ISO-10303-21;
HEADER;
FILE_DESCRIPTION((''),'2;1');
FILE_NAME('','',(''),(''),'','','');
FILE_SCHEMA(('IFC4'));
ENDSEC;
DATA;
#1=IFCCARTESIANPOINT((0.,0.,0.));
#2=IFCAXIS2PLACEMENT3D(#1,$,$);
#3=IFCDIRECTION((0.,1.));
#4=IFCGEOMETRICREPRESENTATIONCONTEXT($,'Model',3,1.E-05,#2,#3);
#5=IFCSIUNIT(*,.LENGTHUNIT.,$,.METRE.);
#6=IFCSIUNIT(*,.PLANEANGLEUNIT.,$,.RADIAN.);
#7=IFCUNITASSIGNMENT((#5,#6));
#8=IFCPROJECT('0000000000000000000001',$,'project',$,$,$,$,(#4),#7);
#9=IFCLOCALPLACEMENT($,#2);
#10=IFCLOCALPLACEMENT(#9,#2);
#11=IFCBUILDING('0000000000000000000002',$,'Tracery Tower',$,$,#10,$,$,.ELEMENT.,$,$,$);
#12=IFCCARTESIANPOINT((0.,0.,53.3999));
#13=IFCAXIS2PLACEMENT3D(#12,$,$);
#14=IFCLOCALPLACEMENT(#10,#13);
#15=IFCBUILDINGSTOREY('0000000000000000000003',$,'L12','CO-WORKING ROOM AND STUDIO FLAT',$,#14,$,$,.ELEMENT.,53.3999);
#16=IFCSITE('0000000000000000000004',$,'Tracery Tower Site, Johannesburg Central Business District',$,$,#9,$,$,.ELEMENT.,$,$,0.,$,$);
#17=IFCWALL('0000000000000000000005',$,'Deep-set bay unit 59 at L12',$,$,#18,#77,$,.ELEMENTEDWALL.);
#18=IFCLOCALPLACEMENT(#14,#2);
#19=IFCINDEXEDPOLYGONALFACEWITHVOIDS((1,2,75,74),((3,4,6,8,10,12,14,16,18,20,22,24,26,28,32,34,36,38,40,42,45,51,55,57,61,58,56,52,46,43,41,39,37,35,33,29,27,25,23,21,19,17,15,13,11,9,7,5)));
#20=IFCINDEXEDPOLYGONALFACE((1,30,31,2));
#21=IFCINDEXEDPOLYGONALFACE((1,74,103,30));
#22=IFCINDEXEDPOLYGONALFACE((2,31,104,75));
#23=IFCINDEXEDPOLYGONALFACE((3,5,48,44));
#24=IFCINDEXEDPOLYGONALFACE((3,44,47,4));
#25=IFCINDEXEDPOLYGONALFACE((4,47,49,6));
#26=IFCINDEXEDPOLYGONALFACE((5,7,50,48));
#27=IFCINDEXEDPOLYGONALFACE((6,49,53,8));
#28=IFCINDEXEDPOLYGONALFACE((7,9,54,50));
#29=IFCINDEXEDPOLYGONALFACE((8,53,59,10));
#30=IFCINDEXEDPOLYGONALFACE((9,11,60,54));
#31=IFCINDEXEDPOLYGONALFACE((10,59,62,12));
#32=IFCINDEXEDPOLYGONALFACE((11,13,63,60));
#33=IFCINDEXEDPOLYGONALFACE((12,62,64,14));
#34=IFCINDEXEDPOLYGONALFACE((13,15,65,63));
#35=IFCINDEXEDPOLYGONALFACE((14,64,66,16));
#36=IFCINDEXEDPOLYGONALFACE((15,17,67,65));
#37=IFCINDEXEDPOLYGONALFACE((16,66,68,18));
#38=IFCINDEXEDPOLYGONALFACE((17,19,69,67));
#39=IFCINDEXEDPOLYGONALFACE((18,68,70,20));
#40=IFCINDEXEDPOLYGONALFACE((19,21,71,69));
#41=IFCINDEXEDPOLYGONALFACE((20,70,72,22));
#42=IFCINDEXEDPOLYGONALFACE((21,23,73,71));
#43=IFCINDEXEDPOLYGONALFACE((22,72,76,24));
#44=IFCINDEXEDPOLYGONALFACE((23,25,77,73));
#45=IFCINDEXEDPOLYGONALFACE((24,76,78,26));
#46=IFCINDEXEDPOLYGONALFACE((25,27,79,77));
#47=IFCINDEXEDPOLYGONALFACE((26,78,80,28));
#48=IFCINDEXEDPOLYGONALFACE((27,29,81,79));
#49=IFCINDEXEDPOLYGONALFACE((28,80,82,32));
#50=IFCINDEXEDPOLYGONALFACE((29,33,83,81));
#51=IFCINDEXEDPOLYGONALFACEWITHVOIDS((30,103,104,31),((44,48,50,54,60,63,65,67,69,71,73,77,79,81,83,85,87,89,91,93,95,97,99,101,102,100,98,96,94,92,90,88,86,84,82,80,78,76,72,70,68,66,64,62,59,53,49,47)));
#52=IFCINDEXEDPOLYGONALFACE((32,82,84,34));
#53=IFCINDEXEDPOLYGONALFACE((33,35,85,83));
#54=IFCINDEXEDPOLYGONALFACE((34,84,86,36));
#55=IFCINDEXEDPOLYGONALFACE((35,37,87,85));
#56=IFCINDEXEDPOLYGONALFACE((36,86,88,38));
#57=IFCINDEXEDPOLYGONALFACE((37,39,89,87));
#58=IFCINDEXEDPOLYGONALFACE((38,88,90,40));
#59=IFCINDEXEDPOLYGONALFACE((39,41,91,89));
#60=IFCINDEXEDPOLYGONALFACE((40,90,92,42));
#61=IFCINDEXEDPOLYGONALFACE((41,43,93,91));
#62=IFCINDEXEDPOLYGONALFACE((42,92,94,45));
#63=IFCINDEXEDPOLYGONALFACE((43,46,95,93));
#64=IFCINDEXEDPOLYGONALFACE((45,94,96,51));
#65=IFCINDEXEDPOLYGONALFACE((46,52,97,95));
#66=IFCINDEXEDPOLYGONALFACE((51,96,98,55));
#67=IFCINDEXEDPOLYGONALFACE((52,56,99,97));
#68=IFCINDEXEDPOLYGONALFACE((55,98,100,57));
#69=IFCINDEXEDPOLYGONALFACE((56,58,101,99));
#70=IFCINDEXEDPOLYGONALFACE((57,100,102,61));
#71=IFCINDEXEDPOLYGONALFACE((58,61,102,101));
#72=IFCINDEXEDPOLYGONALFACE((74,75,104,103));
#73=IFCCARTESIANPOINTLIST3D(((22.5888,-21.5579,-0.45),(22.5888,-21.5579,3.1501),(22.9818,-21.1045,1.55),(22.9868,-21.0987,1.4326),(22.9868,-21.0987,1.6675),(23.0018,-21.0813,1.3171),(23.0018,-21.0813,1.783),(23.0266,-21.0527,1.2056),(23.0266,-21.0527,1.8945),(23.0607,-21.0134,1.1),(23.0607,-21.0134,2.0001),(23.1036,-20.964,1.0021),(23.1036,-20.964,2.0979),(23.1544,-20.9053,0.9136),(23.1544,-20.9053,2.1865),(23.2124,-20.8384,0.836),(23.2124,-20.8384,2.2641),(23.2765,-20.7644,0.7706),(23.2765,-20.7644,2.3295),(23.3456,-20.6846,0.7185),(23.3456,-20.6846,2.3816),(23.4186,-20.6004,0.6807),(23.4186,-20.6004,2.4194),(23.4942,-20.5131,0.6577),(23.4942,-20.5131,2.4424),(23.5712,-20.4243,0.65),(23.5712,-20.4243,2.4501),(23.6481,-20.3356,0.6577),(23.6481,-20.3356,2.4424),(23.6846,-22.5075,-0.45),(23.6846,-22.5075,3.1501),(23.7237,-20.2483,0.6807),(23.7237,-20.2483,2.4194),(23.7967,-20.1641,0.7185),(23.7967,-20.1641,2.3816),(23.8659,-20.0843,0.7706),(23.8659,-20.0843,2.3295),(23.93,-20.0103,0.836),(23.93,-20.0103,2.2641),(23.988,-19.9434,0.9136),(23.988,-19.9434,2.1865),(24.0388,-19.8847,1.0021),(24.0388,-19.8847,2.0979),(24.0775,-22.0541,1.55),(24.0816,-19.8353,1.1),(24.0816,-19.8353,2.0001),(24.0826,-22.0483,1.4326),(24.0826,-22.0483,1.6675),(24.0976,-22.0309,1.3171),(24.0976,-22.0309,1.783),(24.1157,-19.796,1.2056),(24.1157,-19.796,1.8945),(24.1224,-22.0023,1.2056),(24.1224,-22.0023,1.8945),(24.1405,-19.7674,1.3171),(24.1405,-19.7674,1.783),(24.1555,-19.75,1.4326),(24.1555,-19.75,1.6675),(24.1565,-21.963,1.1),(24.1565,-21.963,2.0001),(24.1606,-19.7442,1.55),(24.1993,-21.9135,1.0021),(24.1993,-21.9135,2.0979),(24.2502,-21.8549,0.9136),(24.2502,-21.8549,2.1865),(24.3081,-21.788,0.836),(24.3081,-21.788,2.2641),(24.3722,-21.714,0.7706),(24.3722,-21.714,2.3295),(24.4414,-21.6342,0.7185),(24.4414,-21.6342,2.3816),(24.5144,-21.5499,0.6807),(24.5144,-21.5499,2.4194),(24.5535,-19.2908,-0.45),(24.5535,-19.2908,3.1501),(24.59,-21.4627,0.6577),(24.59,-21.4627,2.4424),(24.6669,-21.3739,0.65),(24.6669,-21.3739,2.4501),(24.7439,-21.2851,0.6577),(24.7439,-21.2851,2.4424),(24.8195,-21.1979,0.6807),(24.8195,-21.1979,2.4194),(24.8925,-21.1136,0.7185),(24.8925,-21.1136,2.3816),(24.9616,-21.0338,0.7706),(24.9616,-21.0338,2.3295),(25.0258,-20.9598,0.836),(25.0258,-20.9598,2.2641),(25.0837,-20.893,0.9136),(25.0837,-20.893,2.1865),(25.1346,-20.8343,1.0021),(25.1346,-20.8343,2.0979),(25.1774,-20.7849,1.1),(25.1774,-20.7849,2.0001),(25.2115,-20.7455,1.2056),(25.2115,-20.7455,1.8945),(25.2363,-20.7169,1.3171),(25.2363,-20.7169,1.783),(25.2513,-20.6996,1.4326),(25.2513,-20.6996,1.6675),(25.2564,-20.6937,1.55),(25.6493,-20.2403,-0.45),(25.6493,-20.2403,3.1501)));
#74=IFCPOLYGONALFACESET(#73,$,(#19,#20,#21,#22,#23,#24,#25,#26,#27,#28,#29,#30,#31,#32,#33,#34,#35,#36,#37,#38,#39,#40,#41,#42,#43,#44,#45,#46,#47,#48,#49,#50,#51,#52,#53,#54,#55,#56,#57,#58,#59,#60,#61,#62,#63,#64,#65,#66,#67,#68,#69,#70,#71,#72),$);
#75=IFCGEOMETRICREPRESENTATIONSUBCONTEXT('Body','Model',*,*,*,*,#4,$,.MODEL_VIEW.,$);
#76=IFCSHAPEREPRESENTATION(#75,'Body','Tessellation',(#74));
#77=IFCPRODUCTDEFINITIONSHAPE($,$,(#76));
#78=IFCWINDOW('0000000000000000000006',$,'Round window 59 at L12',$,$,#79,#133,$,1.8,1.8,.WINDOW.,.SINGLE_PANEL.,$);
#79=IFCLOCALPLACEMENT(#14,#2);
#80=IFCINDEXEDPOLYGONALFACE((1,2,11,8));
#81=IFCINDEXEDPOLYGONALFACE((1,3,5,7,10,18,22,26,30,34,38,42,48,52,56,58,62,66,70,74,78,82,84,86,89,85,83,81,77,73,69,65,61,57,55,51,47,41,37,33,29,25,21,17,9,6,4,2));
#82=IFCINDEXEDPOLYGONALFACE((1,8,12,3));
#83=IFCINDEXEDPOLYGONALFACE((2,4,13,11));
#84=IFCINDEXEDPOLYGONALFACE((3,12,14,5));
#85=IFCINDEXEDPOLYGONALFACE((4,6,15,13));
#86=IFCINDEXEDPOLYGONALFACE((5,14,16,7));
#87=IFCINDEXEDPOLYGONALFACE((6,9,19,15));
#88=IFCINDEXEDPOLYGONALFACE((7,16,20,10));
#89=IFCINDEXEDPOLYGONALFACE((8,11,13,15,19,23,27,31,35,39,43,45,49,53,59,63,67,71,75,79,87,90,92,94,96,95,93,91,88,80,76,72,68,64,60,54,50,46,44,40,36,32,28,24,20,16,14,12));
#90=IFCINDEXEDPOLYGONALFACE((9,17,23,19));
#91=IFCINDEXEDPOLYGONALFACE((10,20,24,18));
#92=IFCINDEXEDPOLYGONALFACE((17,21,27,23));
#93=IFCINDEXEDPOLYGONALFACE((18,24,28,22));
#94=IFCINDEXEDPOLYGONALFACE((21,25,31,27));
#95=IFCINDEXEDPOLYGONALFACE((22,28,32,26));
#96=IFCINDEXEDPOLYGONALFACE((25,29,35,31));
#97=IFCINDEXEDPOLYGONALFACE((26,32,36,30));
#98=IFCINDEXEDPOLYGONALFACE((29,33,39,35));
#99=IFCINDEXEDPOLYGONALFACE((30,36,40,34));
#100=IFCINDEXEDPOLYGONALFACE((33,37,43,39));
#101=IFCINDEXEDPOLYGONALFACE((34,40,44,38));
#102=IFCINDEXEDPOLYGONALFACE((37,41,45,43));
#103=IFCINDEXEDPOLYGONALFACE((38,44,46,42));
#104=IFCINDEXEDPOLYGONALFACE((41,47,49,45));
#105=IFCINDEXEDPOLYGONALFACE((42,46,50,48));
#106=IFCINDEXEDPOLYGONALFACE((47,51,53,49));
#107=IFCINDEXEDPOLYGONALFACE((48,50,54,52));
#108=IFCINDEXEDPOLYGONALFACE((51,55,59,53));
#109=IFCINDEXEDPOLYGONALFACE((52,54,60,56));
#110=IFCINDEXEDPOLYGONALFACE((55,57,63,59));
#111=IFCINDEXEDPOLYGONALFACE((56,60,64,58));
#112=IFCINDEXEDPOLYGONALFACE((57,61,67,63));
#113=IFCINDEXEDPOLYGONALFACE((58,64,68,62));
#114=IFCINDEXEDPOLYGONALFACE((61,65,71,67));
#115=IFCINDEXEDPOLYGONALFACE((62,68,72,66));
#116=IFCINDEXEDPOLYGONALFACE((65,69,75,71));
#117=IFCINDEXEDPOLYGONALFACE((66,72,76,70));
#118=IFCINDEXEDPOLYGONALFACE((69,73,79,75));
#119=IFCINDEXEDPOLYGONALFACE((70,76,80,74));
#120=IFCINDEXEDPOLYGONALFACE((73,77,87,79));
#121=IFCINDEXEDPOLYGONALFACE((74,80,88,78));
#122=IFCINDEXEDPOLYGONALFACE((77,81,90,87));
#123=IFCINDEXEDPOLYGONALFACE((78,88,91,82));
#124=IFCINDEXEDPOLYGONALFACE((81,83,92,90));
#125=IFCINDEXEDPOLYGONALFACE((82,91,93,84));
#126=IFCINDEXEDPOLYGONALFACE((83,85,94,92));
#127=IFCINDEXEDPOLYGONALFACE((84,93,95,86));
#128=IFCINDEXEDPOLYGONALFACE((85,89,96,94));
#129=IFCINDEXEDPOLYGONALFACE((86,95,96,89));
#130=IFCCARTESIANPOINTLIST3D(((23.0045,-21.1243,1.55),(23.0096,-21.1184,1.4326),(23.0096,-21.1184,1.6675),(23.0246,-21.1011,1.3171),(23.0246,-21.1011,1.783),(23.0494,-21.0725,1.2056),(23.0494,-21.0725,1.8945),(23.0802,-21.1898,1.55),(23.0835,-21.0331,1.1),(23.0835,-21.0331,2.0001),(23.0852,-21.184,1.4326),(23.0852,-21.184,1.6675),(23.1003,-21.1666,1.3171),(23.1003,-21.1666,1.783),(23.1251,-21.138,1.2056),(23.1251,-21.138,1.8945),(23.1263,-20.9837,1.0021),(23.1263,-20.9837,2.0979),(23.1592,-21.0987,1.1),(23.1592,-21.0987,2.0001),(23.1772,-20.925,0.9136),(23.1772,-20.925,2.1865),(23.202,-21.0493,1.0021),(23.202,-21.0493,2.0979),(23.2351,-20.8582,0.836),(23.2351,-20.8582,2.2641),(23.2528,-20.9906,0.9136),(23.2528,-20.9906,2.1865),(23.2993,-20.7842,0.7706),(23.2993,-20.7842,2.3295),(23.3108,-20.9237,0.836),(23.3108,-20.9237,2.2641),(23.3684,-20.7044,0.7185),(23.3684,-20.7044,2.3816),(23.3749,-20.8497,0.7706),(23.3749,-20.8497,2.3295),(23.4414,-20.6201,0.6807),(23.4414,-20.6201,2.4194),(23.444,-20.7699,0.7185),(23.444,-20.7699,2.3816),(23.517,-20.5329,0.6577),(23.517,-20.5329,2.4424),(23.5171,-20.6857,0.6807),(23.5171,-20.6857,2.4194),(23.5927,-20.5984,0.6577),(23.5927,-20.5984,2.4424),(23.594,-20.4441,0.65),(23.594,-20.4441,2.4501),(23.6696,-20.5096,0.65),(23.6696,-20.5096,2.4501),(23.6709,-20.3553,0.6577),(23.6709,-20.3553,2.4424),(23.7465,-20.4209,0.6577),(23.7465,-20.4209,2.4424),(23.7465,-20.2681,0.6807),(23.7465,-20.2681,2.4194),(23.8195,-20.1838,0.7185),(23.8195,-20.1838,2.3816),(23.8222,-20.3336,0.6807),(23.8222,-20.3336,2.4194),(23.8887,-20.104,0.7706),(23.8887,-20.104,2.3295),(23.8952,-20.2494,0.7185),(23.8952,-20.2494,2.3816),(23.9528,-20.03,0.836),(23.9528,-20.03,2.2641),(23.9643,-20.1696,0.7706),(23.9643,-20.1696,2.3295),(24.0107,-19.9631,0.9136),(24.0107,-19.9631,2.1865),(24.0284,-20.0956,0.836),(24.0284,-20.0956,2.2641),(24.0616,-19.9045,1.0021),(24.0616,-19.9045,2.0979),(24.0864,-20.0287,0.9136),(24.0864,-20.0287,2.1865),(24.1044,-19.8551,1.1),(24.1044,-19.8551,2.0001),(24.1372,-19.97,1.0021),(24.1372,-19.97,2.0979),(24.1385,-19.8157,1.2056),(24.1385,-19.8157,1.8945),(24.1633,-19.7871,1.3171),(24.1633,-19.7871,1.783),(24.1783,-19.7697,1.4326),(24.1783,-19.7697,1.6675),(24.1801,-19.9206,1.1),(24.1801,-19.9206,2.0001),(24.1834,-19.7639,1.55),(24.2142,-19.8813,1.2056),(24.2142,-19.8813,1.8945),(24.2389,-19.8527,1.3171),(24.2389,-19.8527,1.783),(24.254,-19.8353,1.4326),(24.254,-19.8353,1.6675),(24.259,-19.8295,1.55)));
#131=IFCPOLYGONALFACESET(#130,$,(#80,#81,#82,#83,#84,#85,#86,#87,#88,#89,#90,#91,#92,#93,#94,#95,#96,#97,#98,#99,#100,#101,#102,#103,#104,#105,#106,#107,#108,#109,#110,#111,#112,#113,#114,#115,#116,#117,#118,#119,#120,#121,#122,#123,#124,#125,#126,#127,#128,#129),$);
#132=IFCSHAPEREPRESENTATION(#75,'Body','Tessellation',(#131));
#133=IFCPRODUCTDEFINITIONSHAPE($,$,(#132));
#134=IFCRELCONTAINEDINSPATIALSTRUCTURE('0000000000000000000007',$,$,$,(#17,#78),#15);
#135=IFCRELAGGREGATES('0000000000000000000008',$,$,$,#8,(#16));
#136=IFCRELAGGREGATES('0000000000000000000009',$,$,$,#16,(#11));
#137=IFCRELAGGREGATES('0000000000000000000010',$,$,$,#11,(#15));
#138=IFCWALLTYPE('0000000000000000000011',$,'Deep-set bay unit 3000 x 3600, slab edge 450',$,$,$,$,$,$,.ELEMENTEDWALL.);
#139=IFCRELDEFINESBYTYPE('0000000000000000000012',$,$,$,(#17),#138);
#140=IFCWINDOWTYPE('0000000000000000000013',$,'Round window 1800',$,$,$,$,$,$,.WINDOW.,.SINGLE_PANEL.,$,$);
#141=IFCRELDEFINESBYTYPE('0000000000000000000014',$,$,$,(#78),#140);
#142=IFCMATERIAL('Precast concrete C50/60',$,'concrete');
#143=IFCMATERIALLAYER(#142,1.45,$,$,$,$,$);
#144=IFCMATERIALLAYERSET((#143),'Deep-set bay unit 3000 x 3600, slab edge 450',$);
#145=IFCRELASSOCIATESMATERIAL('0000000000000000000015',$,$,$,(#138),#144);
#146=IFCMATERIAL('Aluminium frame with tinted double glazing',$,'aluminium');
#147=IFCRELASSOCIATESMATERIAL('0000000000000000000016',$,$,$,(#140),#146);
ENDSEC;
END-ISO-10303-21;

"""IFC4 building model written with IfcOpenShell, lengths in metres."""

from ifc_helpers import new_model, si_unit, direction, frame, frame_2d, origin, origin_2d, place, context, subcontext, project, spatial, rectangle, circle, extrude, material, layer, layer_set, type_object, element, fill, save


model = new_model("IFC4")

# Units and contexts
model_context = context("Model", 3, precision=1e-05, world=origin(), true_north=direction((0.0, 1.0)))
body_context = subcontext(model_context, "Body", "Model", "MODEL_VIEW")
ifc_project = project(units=[si_unit("LENGTHUNIT", "METRE"), si_unit("PLANEANGLEUNIT", "RADIAN")], contexts=[model_context])

# Site, building, storey
site_placement = place(None, origin())
site = spatial("IfcSite", under=ifc_project, at=site_placement, Name="Tracery Tower Site, Johannesburg Central Business District", CompositionType="ELEMENT", RefElevation=0.0)
building_placement = place(site_placement, origin())
building = spatial("IfcBuilding", under=site, at=building_placement, Name="Tracery Tower", CompositionType="ELEMENT")
storey_placement = place(building_placement, frame((0.0, 0.0, 53.3999)))
storey = spatial("IfcBuildingStorey", under=building, at=storey_placement, Name="L12", Description="CO-WORKING ROOM AND STUDIO FLAT", CompositionType="ELEMENT", Elevation=53.3999)

# Wall, opening, window
ifc_material_1 = material(Name="Precast concrete C50/60", Category="concrete")
ifc_layer_1 = layer(ifc_material_1, 1.45)
ifc_layer_set_1 = layer_set([ifc_layer_1], Name="Deep-set bay unit 3000 x 3600, slab edge 450")
wall_type_1 = type_object("IfcWallType", Name="Deep-set bay unit 3000 x 3600, slab edge 450", PredefinedType="ELEMENTEDWALL", material=ifc_layer_set_1)
ifc_material_2 = material(Name="Aluminium frame with tinted double glazing", Category="aluminium")
window_type = type_object("IfcWindowType", Name="Round window 1800", PartitioningType="SINGLE_PANEL", PredefinedType="WINDOW", material=ifc_material_2)
wall_1_placement = place(storey_placement, frame((23.1367, -22.0327, -0.45), z_axis=(0.0, 0.0, 1.0), x_axis=(0.65489, 0.755724, 0.0)))
wall_1 = element("IfcWall", 1, at=wall_1_placement, inside=storey, type_object=wall_type_1, Name="Deep-set bay unit 59 at L12", PredefinedType="ELEMENTEDWALL", context=body_context, shape_type="SweptSolid", body=[
    extrude(rectangle(XDim=3.0, YDim=1.45, at=frame_2d((1.5, 0.0))), origin(), (0.0, 0.0, 1.0), 3.6001),
])
opening_1_placement = place(wall_1_placement, frame((1.5, 0.0, 2.0)))
opening_1 = element("IfcOpeningElement", 2, at=opening_1_placement, cuts=wall_1, PredefinedType="OPENING", context=body_context, shape_type="SweptSolid", body=[
    extrude(circle(Radius=0.9, at=origin_2d()), frame((0.0, 0.7349, 0.0), z_axis=(0.0, -1.0, 0.0), x_axis=(1.0, 0.0, 0.0)), (0.0, 0.0, 1.0), 1.47),
])
window_1_placement = place(opening_1_placement, origin())
window_1 = element("IfcWindow", 3, at=window_1_placement, inside=storey, type_object=window_type, Name="Round window 59 at L12", OverallHeight=1.8, OverallWidth=1.8, PartitioningType="SINGLE_PANEL", PredefinedType="WINDOW", context=body_context, shape_type="SweptSolid", body=[
    extrude(circle(Radius=0.9, at=origin_2d()), frame((0.0, 0.6948, 0.0), z_axis=(0.0, -1.0, 0.0), x_axis=(1.0, 0.0, 0.0)), (0.0, 0.0, 1.0), 0.1001),
])
fill(opening_1, window_1)

save(model, "model.ifc")
